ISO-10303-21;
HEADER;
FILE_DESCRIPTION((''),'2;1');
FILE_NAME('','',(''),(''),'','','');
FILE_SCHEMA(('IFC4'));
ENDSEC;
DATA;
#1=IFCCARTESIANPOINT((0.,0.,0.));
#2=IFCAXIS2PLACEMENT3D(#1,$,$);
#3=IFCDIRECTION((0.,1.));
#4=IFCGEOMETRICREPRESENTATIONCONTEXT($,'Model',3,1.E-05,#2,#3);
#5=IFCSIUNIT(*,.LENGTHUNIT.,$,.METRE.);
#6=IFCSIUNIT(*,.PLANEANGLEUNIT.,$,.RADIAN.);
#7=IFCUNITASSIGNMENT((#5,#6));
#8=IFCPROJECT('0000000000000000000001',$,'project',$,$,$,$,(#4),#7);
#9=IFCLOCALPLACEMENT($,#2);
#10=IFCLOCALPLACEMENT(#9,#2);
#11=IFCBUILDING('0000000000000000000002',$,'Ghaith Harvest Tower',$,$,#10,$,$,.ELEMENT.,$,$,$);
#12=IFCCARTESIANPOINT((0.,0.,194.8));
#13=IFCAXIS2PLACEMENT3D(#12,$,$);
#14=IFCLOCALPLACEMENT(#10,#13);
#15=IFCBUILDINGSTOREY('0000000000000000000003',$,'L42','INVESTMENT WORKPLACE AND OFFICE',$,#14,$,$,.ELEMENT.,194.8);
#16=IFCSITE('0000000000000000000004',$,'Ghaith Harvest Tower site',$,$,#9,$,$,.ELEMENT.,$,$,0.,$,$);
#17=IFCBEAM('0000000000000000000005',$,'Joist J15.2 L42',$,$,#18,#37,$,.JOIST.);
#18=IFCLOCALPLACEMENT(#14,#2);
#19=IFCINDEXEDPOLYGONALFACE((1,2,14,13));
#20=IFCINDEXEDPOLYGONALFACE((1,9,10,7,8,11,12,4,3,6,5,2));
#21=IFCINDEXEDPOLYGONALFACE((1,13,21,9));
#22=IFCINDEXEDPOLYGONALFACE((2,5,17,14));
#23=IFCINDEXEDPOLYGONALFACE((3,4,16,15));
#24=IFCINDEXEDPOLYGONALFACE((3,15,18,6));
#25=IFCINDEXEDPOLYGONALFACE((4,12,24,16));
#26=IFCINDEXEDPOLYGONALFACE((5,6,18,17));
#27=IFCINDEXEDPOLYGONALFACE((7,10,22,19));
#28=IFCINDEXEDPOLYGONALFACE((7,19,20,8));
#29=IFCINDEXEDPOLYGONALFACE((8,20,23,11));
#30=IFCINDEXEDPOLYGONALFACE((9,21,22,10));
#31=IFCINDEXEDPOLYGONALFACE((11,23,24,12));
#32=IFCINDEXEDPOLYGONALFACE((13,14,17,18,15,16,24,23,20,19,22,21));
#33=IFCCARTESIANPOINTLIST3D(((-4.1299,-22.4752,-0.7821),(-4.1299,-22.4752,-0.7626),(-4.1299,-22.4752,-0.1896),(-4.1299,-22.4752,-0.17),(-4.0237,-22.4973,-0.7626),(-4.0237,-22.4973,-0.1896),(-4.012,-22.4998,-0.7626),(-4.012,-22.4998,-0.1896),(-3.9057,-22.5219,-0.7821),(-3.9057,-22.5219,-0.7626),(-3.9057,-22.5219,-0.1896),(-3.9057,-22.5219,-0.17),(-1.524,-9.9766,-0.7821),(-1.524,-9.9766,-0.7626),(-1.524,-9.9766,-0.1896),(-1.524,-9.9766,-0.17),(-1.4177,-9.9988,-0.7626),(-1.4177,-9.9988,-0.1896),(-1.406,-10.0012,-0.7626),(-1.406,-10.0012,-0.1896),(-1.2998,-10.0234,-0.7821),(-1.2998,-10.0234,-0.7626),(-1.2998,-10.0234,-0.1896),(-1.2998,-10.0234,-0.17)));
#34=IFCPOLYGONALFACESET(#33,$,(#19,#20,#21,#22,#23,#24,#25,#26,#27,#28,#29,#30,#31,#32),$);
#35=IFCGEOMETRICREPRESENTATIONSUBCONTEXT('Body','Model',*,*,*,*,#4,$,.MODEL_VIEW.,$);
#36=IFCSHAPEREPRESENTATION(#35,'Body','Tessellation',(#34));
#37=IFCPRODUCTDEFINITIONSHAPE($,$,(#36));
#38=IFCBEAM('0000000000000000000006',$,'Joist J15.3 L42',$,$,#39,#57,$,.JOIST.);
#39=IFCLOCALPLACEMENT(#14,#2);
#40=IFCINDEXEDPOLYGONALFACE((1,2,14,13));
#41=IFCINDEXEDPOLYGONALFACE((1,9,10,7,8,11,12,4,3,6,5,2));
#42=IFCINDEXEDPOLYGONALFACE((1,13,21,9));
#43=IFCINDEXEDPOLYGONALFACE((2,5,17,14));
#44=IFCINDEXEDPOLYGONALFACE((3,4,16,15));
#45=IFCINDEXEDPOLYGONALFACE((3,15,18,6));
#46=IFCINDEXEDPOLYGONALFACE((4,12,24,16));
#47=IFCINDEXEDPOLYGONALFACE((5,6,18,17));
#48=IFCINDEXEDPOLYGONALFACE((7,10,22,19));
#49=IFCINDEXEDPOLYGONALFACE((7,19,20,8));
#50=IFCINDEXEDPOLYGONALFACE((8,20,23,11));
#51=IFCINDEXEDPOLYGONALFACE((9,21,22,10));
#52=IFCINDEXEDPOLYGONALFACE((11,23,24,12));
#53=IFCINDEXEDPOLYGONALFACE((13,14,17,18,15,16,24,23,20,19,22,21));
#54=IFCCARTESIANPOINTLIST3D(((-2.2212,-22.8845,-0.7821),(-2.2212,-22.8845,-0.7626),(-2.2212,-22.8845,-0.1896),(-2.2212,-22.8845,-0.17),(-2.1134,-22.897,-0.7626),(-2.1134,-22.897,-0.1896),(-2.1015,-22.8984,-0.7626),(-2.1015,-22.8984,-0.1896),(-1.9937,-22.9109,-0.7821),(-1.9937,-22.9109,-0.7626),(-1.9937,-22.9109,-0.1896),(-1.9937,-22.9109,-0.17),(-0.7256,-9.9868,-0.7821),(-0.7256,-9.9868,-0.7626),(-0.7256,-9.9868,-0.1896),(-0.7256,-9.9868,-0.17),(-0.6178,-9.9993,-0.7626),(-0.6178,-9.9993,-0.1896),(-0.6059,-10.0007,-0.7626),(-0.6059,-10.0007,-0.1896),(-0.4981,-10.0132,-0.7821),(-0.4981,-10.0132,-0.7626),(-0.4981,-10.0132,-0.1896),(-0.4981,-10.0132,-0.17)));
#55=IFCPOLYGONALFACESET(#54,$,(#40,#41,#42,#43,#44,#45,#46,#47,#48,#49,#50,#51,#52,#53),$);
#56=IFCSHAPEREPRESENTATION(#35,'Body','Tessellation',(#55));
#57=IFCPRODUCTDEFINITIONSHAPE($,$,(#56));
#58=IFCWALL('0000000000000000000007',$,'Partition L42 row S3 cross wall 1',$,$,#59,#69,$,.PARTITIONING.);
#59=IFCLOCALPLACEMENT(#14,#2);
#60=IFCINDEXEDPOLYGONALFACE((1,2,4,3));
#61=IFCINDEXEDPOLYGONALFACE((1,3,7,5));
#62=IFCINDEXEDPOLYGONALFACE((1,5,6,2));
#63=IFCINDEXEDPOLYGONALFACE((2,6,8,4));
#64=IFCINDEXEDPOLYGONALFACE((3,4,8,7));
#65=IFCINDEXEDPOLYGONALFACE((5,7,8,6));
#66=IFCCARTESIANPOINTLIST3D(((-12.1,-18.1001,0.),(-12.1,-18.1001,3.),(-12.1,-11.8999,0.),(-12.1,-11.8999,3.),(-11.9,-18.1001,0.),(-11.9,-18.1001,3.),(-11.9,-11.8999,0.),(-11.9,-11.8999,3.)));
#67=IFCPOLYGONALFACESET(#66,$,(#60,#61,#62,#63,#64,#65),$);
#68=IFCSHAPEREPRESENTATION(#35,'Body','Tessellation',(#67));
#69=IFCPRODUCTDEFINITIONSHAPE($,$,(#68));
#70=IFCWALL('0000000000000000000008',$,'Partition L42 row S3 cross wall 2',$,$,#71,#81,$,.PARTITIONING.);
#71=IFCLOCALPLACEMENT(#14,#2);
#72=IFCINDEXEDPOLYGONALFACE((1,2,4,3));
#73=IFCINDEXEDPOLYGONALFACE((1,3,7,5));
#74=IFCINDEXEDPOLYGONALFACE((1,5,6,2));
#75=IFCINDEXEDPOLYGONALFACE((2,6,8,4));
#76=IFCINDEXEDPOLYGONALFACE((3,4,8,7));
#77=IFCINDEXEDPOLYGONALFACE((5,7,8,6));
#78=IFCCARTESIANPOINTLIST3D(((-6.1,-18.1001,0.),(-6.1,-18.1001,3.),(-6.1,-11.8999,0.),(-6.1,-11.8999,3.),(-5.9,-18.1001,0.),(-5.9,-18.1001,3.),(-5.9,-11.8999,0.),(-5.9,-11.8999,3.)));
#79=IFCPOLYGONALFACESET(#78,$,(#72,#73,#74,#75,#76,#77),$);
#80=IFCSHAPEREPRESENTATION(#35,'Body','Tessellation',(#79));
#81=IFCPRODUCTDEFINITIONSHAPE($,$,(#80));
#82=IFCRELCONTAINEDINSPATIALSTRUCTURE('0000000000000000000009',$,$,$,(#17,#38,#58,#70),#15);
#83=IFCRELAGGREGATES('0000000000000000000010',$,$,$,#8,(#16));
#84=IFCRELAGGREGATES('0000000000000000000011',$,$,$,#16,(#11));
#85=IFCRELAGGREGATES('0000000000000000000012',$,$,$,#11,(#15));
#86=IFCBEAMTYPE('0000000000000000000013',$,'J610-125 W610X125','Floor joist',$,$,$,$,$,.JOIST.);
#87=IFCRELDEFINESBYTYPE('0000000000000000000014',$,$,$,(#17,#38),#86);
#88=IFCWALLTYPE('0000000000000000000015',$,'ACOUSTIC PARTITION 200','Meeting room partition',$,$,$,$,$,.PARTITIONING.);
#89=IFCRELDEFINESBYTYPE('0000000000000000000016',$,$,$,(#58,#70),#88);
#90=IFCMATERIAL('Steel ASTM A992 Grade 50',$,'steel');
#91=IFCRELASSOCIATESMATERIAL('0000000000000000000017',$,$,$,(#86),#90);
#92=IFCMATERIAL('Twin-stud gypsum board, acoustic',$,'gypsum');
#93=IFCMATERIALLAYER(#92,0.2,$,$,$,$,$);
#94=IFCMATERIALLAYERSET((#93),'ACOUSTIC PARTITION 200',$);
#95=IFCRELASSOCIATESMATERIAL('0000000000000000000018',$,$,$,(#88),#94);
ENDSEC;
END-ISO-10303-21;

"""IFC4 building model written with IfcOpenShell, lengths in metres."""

from ifc_helpers import new_model, si_unit, direction, frame, frame_2d, origin, origin_2d, place, context, subcontext, project, spatial, rectangle, i_section, extrude, material, layer, layer_set, material_profile, profile_set, type_object, element, save


model = new_model("IFC4")

# Units and contexts
model_context = context("Model", 3, precision=1e-05, world=origin(), true_north=direction((0.0, 1.0)))
body_context = subcontext(model_context, "Body", "Model", "MODEL_VIEW")
ifc_project = project(units=[si_unit("LENGTHUNIT", "METRE"), si_unit("PLANEANGLEUNIT", "RADIAN")], contexts=[model_context])

# Site, building, storey
site_placement = place(None, origin())
site = spatial("IfcSite", under=ifc_project, at=site_placement, Name="Ghaith Harvest Tower site", CompositionType="ELEMENT", RefElevation=0.0)
building_placement = place(site_placement, origin())
building = spatial("IfcBuilding", under=site, at=building_placement, Name="Ghaith Harvest Tower", CompositionType="ELEMENT")
storey_placement = place(building_placement, frame((0.0, 0.0, 194.8)))
storey = spatial("IfcBuildingStorey", under=building, at=storey_placement, Name="L42", Description="INVESTMENT WORKPLACE AND OFFICE", CompositionType="ELEMENT", Elevation=194.8)

# Beams
ifc_material_1 = material(Name="Steel ASTM A992 Grade 50", Category="steel")
ifc_material_profile_1 = material_profile(ifc_material_1, i_section(OverallWidth=0.229, OverallDepth=0.6121, WebThickness=0.012, FlangeThickness=0.0195, at=origin_2d()), Name="W610X125")
ifc_profile_set_1 = profile_set([ifc_material_profile_1], Name="Steel ASTM A992 Grade 50")
beam_type_1 = type_object("IfcBeamType", Name="J610-125 W610X125", Description="Floor joist", PredefinedType="JOIST", material=ifc_profile_set_1)
beam_1_placement = place(storey_placement, frame((-1.4119, -10.0, -0.4761), z_axis=(-0.204112, -0.978948, 0.0), x_axis=(0.978948, -0.204112, 0.0)))
element("IfcBeam", 1, at=beam_1_placement, inside=storey, type_object=beam_type_1, Name="Joist J15.2 L42", PredefinedType="JOIST", context=body_context, shape_type="SweptSolid", body=[
    extrude(i_section(OverallWidth=0.229, OverallDepth=0.6121, WebThickness=0.012, FlangeThickness=0.0195, at=origin_2d()), origin(), (0.0, 0.0, 1.0), 12.7673),
])
beam_2_placement = place(storey_placement, frame((-0.6118, -10.0, -0.4761), z_axis=(-0.115187, -0.993344, 0.0), x_axis=(0.993344, -0.115187, 0.0)))
element("IfcBeam", 2, at=beam_2_placement, inside=storey, type_object=beam_type_1, Name="Joist J15.3 L42", PredefinedType="JOIST", context=body_context, shape_type="SweptSolid", body=[
    extrude(i_section(OverallWidth=0.229, OverallDepth=0.6121, WebThickness=0.012, FlangeThickness=0.0195, at=origin_2d()), origin(), (0.0, 0.0, 1.0), 12.9841),
])

# Walls
ifc_material_2 = material(Name="Twin-stud gypsum board, acoustic", Category="gypsum")
ifc_layer = layer(ifc_material_2, 0.2)
ifc_layer_set = layer_set([ifc_layer], Name="ACOUSTIC PARTITION 200")
wall_type = type_object("IfcWallType", Name="ACOUSTIC PARTITION 200", Description="Meeting room partition", PredefinedType="PARTITIONING", material=ifc_layer_set)
for number, where, z_axis, x_axis, name in (
    (3, (-12.0, -11.8999, 0.0), (0.0, 0.0, 1.0), (0.0, -1.0, 0.0), "Partition L42 row S3 cross wall 1"),
    (4, (-6.0, -11.8999, 0.0), (0.0, 0.0, 1.0), (0.0, -1.0, 0.0), "Partition L42 row S3 cross wall 2"),
):
    element("IfcWall", number, at=place(storey_placement, frame(where, z_axis=z_axis, x_axis=x_axis)), inside=storey, type_object=wall_type, Name=name, PredefinedType="PARTITIONING", context=body_context, shape_type="SweptSolid", body=[
        extrude(rectangle(XDim=6.2002, YDim=0.2, at=frame_2d((3.1001, 0.0))), origin(), (0.0, 0.0, 1.0), 3.0),
    ])

save(model, "model.ifc")
